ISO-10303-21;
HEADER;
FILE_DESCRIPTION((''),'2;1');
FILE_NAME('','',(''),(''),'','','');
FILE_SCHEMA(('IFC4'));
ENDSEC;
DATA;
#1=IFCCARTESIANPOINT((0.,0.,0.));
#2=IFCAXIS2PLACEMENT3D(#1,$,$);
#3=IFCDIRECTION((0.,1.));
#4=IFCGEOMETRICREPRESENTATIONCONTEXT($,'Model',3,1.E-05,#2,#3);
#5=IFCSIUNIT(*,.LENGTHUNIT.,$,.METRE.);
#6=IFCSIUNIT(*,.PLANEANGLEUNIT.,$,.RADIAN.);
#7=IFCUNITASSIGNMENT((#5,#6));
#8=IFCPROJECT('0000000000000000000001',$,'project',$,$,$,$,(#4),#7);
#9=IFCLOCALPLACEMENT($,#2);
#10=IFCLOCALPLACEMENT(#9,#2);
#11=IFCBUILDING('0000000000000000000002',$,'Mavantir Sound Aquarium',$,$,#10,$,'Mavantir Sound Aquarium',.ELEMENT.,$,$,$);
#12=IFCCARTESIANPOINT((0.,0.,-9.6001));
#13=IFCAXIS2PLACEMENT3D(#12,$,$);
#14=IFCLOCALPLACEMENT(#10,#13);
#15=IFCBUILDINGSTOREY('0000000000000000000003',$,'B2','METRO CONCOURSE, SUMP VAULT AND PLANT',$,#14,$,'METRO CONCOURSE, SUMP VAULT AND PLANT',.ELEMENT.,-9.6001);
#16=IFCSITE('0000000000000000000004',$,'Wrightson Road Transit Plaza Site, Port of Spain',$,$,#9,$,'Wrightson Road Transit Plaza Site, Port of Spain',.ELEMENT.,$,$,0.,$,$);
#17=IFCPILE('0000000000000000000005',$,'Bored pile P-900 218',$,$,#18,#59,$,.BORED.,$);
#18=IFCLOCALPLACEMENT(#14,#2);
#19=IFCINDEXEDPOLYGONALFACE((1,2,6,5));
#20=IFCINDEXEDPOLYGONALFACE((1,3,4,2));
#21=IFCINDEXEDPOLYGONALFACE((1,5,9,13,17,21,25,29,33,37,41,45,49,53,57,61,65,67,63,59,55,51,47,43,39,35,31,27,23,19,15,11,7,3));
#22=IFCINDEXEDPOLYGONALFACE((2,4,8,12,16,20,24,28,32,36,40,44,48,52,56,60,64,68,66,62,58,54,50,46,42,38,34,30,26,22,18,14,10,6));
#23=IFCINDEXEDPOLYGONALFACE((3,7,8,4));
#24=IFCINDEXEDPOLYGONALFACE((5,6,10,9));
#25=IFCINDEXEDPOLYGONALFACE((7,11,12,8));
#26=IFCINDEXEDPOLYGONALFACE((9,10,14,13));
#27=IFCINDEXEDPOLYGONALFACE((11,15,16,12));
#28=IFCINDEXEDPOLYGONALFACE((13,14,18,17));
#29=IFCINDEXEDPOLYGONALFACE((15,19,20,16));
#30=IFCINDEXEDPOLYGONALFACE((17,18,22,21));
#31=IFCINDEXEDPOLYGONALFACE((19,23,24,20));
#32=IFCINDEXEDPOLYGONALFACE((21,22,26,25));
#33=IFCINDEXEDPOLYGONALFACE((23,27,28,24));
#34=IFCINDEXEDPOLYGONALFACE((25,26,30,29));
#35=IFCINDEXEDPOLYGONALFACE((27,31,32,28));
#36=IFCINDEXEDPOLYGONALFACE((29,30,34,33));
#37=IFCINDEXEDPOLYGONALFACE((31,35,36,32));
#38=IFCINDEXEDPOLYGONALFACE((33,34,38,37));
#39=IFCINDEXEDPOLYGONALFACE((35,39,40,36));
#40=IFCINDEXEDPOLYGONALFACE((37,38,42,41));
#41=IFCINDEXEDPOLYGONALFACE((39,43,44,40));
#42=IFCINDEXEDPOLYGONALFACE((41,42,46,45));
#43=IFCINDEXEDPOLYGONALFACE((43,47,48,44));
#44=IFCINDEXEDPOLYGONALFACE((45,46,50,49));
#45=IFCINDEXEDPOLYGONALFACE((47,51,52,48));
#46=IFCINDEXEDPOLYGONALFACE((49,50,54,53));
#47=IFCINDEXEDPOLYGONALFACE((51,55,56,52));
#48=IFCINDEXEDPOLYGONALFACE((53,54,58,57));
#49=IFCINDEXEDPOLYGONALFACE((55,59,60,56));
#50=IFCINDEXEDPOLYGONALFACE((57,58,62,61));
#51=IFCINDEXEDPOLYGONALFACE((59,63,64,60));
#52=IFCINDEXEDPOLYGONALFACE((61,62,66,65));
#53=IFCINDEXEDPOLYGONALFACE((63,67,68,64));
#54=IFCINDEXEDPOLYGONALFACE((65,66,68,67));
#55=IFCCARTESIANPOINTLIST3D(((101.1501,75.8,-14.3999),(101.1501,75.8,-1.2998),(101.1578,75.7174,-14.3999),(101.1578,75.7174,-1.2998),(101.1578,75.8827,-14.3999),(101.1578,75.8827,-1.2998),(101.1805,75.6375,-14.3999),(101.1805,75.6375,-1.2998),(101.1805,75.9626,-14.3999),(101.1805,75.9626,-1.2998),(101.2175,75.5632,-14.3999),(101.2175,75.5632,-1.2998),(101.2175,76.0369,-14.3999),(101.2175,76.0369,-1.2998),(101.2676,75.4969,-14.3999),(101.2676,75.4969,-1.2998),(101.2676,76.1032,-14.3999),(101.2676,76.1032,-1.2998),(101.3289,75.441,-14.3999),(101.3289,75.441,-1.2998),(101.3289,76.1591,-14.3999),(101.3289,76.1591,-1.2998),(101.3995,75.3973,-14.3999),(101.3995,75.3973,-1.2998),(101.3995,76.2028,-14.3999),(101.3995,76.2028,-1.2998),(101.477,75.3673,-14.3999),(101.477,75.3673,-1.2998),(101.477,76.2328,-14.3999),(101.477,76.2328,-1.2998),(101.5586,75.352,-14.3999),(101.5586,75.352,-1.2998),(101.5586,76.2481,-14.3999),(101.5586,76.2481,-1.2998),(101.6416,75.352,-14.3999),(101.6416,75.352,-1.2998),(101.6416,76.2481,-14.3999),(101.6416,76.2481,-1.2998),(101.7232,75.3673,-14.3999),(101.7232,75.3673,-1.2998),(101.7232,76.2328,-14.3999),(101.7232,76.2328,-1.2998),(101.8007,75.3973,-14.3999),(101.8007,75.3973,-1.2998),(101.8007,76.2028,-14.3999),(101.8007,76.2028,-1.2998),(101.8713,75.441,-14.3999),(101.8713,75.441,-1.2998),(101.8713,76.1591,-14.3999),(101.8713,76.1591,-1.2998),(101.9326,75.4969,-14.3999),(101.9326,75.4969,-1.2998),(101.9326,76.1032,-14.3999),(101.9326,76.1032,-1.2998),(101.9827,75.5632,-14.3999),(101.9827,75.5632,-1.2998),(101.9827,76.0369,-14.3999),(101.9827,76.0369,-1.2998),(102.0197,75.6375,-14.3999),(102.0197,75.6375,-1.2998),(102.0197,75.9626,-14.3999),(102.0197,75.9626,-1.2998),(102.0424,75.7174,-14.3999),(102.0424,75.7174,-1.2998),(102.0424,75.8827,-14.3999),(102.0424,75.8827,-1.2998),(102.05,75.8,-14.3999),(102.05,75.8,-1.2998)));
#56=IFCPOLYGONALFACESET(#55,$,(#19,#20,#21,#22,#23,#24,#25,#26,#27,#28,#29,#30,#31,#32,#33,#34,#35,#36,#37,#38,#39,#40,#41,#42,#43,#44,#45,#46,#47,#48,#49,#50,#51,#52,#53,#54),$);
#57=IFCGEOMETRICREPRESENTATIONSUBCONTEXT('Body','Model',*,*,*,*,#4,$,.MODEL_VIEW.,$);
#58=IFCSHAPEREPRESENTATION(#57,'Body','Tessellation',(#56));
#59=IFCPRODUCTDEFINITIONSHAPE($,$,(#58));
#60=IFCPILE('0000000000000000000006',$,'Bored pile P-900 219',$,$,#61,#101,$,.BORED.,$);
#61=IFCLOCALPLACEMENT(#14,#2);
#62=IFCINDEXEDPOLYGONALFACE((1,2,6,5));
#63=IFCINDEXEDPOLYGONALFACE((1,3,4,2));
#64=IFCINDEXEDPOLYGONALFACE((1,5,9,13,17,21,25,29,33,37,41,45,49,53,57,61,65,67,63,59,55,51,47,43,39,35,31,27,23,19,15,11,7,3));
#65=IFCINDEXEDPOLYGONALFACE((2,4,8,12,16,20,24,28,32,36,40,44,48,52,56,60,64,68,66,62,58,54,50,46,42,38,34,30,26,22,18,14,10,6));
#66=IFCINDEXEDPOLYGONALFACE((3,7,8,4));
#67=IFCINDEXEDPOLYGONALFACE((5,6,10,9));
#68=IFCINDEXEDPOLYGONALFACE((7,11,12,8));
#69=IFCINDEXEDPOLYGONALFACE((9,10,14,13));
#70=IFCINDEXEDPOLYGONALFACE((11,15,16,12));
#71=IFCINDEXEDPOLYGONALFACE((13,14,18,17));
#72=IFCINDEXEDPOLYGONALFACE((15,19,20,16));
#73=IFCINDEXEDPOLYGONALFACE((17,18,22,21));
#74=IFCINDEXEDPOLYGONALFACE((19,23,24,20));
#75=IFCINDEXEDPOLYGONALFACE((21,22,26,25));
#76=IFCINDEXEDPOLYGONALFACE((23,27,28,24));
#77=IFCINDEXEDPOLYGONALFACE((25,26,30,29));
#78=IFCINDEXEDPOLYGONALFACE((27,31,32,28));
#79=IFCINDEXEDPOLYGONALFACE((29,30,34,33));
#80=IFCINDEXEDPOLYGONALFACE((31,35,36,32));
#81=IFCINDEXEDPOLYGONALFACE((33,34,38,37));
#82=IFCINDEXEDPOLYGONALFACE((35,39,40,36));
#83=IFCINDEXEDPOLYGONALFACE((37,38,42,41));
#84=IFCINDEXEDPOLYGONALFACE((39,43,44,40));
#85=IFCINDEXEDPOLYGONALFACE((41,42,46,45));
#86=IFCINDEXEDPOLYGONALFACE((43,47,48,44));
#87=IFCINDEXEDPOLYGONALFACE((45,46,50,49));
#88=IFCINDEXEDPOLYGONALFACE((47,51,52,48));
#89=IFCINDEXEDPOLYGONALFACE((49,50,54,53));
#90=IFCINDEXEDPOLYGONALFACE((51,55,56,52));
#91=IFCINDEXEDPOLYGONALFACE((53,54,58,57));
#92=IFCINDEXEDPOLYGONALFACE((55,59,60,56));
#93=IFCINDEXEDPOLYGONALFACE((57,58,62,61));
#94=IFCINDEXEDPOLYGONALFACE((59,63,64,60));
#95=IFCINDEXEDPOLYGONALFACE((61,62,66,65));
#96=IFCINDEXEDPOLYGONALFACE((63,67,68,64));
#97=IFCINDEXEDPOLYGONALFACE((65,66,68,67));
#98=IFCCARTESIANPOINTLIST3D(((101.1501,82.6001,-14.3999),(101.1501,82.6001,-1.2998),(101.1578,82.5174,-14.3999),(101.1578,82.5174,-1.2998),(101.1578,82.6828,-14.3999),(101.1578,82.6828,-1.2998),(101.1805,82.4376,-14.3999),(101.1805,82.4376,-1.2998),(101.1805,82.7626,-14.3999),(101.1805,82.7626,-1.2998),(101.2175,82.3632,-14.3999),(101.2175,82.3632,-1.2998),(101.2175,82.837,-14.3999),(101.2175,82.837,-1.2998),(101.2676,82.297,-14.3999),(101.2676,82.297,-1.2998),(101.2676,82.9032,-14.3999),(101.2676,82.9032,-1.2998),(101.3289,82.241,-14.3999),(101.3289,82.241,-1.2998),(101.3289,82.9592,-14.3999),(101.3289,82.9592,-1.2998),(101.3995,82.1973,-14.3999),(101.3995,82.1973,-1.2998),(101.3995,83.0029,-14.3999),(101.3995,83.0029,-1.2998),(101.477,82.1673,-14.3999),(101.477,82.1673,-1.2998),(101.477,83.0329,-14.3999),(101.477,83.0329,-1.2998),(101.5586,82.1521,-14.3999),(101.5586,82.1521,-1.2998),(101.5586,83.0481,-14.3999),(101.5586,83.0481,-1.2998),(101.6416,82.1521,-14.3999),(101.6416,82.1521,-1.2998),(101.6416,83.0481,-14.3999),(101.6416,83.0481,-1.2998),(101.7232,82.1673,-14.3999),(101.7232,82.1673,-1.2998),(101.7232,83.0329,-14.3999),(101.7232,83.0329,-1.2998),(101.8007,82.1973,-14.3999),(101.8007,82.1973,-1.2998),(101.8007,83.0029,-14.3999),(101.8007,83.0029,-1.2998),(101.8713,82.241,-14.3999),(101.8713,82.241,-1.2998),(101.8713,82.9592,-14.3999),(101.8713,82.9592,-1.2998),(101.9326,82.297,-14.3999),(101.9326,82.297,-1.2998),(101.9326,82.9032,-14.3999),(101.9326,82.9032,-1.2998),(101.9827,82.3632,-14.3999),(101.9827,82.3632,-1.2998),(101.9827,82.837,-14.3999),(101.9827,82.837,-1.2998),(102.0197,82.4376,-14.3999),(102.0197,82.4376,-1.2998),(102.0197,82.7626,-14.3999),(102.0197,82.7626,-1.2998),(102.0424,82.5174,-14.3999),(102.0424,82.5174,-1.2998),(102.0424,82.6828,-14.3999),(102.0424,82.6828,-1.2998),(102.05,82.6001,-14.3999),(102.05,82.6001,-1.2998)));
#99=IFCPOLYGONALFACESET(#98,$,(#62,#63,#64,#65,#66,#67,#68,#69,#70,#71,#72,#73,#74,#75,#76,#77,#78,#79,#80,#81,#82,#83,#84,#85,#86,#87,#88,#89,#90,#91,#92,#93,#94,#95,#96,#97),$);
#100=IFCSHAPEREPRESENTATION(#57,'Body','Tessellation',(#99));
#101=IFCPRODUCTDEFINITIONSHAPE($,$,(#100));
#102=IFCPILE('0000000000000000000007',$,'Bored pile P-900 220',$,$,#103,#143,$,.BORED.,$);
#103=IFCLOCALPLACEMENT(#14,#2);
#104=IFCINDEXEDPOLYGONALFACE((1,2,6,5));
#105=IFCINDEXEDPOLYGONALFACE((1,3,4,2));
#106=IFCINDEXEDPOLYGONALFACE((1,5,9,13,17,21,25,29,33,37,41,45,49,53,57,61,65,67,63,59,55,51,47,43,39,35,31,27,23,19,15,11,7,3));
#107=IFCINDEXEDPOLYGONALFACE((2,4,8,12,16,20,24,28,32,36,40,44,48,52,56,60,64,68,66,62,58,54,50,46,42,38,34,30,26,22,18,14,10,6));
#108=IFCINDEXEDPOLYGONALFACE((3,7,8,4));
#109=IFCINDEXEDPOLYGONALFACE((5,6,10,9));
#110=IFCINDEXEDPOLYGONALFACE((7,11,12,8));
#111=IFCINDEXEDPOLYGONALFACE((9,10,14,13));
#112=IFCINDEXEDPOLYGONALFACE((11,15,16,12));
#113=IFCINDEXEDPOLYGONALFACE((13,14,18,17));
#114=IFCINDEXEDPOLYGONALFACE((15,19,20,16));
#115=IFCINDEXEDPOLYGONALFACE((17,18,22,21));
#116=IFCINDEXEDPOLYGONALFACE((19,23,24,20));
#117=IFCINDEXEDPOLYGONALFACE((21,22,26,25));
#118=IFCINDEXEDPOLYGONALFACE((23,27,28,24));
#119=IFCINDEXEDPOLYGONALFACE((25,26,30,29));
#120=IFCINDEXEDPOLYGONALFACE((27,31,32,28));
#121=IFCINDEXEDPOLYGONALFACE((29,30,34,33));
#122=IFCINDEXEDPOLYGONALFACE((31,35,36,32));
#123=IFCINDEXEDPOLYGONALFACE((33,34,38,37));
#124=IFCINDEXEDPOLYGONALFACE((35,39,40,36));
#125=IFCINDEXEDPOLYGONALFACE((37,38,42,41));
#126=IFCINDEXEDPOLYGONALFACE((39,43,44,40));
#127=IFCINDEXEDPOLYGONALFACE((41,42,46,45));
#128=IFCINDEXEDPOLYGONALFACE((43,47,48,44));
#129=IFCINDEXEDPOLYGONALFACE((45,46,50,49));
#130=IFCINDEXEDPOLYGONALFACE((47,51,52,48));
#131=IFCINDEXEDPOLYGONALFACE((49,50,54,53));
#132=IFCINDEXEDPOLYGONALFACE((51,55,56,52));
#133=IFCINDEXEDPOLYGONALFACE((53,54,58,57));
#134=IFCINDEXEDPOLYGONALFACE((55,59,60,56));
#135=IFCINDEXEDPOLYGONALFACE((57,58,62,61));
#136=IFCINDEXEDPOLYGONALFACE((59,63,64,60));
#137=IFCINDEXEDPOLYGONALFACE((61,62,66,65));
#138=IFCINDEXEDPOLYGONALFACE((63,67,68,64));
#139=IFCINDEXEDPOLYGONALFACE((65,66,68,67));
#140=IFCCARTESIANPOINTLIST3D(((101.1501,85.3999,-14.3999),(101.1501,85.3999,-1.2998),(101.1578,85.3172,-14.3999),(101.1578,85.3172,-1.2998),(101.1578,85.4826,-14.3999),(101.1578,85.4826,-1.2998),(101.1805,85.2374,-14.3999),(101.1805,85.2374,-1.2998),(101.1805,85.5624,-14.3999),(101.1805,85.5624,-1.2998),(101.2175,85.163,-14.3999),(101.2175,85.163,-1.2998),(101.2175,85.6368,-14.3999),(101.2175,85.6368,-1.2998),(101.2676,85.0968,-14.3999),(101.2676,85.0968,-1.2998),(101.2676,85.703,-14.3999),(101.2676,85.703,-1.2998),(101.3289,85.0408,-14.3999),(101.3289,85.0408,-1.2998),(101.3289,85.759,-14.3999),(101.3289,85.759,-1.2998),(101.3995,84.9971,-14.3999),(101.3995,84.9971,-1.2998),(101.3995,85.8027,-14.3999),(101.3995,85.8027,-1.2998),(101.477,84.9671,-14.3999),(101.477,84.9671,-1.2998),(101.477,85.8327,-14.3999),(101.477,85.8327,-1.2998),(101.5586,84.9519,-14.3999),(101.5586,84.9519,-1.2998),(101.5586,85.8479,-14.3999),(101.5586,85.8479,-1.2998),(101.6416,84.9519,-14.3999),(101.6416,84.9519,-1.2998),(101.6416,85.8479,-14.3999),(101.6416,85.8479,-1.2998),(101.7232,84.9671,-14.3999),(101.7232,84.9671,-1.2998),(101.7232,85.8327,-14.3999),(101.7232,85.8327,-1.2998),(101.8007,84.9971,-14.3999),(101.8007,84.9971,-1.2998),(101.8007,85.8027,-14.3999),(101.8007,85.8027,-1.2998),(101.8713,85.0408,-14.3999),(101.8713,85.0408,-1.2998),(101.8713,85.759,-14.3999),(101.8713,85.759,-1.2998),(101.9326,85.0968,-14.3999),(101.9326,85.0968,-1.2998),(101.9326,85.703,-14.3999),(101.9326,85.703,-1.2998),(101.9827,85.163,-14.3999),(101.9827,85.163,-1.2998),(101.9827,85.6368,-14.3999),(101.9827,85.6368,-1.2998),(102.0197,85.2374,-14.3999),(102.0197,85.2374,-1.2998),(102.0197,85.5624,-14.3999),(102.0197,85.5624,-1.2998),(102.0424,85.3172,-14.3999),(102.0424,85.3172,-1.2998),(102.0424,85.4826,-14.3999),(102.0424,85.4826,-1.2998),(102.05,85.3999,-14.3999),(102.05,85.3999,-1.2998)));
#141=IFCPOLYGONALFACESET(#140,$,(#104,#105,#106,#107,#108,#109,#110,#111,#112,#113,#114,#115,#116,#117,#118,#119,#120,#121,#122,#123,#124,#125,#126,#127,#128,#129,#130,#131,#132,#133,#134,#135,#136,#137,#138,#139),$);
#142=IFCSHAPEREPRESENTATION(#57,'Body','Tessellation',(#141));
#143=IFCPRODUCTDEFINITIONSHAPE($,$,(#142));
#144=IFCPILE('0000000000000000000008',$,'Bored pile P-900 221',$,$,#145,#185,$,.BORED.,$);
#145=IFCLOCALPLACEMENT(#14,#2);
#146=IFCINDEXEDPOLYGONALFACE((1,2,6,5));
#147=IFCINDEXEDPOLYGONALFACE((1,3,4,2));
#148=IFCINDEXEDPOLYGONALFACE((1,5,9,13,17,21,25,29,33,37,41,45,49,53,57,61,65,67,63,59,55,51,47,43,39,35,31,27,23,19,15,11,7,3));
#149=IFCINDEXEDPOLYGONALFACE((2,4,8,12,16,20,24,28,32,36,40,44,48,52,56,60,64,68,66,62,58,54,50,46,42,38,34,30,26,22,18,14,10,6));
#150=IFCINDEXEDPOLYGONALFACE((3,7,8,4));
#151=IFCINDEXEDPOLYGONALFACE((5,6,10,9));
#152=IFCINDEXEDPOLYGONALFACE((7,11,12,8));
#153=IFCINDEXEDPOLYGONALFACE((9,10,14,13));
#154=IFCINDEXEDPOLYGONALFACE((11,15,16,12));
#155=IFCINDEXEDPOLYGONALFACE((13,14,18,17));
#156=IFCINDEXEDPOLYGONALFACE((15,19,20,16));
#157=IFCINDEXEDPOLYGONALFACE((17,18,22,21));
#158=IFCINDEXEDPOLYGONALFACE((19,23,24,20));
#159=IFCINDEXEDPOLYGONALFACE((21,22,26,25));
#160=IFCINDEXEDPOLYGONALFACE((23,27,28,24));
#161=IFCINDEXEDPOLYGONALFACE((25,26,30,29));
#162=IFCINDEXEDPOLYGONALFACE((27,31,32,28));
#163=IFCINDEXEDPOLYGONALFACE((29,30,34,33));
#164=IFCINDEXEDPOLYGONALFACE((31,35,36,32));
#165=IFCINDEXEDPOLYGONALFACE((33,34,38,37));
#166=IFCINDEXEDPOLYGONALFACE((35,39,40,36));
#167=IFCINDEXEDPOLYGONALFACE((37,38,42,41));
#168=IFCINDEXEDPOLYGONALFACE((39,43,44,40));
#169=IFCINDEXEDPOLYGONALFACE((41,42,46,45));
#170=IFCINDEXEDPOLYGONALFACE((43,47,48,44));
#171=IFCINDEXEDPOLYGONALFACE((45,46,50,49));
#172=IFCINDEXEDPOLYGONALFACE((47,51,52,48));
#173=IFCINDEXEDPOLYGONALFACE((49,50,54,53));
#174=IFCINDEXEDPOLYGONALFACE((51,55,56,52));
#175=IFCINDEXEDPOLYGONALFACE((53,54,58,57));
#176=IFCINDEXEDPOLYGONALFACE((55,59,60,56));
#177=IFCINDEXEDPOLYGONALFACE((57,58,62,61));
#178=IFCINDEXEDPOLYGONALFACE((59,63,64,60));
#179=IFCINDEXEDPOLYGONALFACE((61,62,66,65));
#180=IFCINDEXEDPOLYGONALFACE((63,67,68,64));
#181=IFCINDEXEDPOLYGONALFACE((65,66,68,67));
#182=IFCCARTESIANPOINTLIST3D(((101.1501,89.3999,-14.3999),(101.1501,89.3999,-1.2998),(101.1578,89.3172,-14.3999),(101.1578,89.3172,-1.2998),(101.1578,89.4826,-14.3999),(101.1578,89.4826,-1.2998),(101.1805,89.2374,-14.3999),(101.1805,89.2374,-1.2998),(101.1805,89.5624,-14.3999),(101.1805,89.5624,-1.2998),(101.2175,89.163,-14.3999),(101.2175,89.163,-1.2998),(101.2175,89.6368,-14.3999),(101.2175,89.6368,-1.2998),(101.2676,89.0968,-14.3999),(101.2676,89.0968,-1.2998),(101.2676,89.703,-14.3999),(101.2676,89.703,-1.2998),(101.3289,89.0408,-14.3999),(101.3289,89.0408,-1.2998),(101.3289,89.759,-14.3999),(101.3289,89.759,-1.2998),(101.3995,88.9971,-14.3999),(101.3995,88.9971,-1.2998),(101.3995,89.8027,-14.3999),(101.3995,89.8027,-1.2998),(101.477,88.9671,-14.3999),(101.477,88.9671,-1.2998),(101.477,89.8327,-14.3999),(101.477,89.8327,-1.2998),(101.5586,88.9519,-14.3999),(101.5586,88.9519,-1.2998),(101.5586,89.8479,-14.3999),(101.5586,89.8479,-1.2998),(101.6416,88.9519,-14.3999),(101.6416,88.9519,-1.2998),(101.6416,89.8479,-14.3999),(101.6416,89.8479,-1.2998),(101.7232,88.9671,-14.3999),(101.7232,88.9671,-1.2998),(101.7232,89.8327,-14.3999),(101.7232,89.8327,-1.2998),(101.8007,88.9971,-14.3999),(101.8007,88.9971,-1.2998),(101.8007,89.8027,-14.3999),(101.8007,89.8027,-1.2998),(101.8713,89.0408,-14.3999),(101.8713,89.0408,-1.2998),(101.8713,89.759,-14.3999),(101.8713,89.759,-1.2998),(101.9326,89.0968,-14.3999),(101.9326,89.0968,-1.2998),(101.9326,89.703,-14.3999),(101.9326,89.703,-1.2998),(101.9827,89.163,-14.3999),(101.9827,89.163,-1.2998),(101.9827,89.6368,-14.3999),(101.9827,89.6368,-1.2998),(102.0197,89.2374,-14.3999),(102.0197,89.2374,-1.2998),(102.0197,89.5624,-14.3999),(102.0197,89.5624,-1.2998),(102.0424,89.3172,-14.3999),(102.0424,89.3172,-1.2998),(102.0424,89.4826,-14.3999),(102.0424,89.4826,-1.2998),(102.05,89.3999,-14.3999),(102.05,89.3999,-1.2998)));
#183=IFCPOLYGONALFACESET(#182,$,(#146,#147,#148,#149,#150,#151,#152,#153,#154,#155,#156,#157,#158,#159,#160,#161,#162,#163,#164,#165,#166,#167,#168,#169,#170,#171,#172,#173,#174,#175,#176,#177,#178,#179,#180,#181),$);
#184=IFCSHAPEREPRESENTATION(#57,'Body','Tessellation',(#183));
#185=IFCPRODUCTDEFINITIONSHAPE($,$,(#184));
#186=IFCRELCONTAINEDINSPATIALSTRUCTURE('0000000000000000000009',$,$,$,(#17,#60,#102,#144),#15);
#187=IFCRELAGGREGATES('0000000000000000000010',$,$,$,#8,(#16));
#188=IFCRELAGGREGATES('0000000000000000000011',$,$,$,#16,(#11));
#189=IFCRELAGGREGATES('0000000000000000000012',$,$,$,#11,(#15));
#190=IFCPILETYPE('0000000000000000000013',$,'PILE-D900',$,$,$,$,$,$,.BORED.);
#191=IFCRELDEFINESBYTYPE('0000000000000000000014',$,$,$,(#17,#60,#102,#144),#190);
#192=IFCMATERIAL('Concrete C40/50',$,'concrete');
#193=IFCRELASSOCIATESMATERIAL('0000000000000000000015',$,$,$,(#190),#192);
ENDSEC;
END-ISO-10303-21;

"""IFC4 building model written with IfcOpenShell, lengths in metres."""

from ifc_helpers import new_model, si_unit, direction, frame, origin, origin_2d, place, context, subcontext, project, spatial, circle, extrude, material, material_profile, profile_set, type_object, element, save


model = new_model("IFC4")

# Units and contexts
model_context = context("Model", 3, precision=1e-05, world=origin(), true_north=direction((0.0, 1.0)))
body_context = subcontext(model_context, "Body", "Model", "MODEL_VIEW")
ifc_project = project(units=[si_unit("LENGTHUNIT", "METRE"), si_unit("PLANEANGLEUNIT", "RADIAN")], contexts=[model_context])

# Site, building, storey
site_placement = place(None, origin())
site = spatial("IfcSite", under=ifc_project, at=site_placement, Name="Wrightson Road Transit Plaza Site, Port of Spain", LongName="Wrightson Road Transit Plaza Site, Port of Spain", CompositionType="ELEMENT", RefElevation=0.0)
building_placement = place(site_placement, origin())
building = spatial("IfcBuilding", under=site, at=building_placement, Name="Mavantir Sound Aquarium", LongName="Mavantir Sound Aquarium", CompositionType="ELEMENT")
storey_placement = place(building_placement, frame((0.0, 0.0, -9.6001)))
storey = spatial("IfcBuildingStorey", under=building, at=storey_placement, Name="B2", Description="METRO CONCOURSE, SUMP VAULT AND PLANT", LongName="METRO CONCOURSE, SUMP VAULT AND PLANT", CompositionType="ELEMENT", Elevation=-9.6001)

# Shared definitions
ifc_material_1 = material(Name="Concrete C40/50", Category="concrete")

# Piles
ifc_material_profile_1 = material_profile(ifc_material_1, circle(Radius=0.45, at=origin_2d()), Name="PILE D900")
ifc_profile_set_1 = profile_set([ifc_material_profile_1], Name="Concrete C40/50")
pile_type = type_object("IfcPileType", Name="PILE-D900", PredefinedType="BORED", material=ifc_profile_set_1)
for number, where, z_axis, x_axis, name in (
    (1, (101.6001, 75.8, -1.2998), (0.0, 0.0, -1.0), (1.0, 0.0, 0.0), "Bored pile P-900 218"),
    (2, (101.6001, 82.6001, -1.2998), (0.0, 0.0, -1.0), (1.0, 0.0, 0.0), "Bored pile P-900 219"),
    (3, (101.6001, 85.3999, -1.2998), (0.0, 0.0, -1.0), (1.0, 0.0, 0.0), "Bored pile P-900 220"),
    (4, (101.6001, 89.3999, -1.2998), (0.0, 0.0, -1.0), (1.0, 0.0, 0.0), "Bored pile P-900 221"),
):
    element("IfcPile", number, at=place(storey_placement, frame(where, z_axis=z_axis, x_axis=x_axis)), inside=storey, type_object=pile_type, Name=name, PredefinedType="BORED", context=body_context, shape_type="SweptSolid", body=[
        extrude(circle(Radius=0.45, at=origin_2d()), origin(), (0.0, 0.0, 1.0), 13.1001),
    ])

save(model, "model.ifc")
